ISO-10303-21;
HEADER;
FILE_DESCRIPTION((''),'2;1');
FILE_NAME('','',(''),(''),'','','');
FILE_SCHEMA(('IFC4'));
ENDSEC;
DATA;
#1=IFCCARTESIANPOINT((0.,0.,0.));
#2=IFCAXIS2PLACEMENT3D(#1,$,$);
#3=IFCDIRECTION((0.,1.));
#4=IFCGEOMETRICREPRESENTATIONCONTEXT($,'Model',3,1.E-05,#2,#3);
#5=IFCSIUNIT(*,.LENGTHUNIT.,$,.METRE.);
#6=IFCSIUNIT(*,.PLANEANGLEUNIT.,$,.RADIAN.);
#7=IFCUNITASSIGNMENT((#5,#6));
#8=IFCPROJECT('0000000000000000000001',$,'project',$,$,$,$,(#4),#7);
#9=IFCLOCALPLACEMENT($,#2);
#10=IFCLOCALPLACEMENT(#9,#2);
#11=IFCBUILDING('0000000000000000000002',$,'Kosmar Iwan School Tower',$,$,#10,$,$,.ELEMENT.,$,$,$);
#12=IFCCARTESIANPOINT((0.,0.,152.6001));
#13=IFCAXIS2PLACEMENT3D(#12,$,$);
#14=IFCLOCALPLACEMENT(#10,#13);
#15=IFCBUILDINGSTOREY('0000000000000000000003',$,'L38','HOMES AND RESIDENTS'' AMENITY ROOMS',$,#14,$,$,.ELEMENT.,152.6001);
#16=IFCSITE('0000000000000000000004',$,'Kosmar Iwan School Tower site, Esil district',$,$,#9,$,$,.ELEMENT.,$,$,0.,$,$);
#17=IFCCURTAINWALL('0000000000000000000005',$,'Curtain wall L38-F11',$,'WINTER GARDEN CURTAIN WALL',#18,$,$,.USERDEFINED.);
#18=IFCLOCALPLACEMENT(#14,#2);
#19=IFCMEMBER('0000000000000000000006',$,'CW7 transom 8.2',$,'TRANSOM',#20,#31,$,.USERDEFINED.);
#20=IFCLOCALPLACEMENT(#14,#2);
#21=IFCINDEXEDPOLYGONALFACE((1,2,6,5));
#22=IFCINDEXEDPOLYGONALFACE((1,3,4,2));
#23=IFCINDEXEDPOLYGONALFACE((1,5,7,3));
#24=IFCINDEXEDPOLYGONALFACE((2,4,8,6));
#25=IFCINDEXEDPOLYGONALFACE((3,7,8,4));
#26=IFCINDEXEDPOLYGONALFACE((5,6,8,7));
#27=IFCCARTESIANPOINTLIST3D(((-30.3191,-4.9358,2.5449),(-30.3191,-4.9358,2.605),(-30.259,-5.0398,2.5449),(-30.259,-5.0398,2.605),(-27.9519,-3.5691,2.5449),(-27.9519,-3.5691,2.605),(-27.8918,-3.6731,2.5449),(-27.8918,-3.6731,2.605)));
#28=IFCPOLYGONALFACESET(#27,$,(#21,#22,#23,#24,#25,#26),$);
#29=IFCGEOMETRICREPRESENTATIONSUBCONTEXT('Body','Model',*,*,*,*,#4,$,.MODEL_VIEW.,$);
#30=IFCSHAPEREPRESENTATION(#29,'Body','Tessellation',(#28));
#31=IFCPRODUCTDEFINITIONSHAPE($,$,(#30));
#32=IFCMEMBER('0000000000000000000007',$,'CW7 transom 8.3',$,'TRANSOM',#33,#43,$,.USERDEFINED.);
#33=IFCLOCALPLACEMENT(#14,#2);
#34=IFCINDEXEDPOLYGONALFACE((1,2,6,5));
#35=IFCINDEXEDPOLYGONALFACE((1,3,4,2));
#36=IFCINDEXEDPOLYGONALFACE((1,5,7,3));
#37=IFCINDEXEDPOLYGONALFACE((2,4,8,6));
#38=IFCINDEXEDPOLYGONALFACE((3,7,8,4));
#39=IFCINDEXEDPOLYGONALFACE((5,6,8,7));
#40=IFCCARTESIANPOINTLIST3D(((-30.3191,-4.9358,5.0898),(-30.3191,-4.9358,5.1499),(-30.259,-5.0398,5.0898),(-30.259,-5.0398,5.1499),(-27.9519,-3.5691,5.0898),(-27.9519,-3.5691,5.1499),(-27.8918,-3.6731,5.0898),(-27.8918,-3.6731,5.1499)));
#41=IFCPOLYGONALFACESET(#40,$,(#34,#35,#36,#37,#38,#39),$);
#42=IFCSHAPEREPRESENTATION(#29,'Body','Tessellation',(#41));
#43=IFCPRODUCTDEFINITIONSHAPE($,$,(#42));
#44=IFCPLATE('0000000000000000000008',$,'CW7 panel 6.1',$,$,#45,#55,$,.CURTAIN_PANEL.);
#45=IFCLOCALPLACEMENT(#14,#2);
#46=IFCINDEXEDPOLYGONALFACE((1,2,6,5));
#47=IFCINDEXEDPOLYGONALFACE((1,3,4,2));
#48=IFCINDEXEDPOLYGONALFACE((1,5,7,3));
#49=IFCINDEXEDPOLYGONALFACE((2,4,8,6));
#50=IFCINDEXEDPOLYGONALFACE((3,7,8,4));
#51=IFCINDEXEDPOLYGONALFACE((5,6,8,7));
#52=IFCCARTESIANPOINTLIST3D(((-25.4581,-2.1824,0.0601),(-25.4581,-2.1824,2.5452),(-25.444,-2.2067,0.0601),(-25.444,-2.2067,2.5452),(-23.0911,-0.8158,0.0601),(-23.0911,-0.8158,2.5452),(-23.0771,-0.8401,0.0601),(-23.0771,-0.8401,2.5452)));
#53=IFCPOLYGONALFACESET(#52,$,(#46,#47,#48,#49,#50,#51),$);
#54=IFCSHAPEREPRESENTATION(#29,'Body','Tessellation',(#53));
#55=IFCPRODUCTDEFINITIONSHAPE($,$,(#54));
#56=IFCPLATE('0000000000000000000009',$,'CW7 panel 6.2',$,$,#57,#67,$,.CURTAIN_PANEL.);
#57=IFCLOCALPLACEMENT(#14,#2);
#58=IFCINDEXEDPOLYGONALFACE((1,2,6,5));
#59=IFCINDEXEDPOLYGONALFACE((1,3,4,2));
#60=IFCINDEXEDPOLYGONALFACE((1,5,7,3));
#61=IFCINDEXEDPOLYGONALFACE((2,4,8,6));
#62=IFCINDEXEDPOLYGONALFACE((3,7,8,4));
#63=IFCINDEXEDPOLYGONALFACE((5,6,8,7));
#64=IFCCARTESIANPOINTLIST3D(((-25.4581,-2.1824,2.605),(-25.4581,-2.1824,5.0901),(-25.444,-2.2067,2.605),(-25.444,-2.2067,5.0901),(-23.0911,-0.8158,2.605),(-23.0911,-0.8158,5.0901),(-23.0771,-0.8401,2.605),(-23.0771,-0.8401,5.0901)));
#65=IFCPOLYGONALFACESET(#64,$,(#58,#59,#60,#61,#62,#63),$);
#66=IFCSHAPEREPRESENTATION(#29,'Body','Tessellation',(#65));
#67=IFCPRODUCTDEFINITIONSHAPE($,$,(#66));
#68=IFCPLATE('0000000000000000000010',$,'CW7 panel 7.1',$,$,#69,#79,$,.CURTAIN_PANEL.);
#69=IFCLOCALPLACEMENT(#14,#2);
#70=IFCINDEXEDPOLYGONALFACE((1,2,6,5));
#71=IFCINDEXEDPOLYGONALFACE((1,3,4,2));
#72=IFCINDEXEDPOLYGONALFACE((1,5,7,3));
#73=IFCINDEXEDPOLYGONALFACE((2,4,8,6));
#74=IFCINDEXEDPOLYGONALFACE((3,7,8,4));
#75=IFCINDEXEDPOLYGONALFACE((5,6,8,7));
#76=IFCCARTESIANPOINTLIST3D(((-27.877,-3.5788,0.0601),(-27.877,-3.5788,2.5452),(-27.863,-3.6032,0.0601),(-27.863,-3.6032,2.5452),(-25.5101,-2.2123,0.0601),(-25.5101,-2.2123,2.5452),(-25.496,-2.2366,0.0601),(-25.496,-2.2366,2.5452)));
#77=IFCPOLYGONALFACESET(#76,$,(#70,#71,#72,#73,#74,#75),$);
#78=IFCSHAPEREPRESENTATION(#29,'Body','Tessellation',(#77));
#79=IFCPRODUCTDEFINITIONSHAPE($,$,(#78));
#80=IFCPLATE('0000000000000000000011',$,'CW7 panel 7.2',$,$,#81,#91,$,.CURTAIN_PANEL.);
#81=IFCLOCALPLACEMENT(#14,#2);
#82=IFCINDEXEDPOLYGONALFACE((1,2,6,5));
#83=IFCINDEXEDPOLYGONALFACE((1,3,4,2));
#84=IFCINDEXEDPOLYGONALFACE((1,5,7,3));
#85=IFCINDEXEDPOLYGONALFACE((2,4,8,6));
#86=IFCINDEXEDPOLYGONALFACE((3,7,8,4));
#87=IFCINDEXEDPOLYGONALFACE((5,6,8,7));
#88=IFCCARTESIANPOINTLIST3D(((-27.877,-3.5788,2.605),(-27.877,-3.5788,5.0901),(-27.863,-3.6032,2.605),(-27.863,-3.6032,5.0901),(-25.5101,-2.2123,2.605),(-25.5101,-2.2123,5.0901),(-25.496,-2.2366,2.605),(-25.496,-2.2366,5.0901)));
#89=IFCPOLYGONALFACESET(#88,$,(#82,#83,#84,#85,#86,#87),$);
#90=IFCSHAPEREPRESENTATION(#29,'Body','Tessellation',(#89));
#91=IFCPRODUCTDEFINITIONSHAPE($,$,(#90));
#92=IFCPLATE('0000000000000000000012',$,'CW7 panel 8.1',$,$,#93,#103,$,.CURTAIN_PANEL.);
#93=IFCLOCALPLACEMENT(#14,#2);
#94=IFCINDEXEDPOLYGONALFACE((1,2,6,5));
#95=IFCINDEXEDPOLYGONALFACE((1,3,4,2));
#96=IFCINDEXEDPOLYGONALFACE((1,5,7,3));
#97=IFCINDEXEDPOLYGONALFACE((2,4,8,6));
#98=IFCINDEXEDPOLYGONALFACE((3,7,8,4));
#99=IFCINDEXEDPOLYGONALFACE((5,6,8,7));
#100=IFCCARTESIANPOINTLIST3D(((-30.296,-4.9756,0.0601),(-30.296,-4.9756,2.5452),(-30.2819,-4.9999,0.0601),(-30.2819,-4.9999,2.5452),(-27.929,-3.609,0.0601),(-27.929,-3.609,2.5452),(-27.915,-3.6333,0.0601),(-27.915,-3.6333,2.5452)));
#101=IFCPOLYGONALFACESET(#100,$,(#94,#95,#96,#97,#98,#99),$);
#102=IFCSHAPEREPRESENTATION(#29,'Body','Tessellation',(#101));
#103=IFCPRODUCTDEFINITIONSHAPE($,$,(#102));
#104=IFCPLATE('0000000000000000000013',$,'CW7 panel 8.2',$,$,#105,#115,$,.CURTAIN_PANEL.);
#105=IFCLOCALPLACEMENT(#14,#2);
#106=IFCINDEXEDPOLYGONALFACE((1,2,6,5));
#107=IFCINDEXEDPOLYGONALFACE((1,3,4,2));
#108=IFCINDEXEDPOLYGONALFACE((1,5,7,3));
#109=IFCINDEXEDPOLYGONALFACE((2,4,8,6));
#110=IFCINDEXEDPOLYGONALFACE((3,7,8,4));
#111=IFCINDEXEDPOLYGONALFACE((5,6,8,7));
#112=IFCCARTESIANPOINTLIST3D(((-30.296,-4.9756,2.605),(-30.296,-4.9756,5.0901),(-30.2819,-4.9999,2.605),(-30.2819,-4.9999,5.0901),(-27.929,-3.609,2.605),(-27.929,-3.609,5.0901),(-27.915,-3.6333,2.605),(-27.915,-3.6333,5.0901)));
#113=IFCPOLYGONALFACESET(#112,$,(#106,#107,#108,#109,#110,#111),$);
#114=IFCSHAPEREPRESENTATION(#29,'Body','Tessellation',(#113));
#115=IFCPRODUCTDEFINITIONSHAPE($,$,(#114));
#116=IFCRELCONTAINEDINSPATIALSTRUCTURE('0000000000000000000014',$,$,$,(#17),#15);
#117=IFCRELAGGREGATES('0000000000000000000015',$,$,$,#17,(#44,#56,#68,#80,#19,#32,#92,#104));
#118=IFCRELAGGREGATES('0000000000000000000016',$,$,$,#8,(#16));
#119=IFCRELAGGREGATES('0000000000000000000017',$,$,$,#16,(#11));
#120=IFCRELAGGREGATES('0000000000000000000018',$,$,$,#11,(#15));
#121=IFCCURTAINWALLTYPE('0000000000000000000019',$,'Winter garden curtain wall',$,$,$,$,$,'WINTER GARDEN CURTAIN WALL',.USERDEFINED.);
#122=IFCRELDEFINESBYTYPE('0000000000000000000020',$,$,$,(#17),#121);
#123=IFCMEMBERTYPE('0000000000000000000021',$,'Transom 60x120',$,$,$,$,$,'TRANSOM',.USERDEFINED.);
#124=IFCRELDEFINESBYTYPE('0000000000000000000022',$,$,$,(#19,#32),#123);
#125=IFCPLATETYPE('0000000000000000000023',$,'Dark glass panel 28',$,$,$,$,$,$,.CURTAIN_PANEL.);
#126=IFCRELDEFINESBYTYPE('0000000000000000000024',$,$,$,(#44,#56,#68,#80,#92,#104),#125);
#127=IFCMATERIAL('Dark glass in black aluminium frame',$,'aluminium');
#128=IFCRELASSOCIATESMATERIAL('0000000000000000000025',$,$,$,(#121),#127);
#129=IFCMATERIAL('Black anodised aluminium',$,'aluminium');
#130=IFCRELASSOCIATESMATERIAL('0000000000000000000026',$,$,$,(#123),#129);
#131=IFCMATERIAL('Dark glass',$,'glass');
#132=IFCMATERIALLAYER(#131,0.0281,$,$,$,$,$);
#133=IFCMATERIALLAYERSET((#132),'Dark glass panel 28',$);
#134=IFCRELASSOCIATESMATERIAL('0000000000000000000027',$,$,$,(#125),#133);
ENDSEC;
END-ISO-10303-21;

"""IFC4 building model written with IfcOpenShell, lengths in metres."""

from ifc_helpers import new_model, si_unit, direction, frame, origin, origin_2d, place, context, subcontext, project, spatial, rectangle, extrude, material, layer, layer_set, material_profile, profile_set, type_object, element, aggregate, save


model = new_model("IFC4")

# Units and contexts
model_context = context("Model", 3, precision=1e-05, world=origin(), true_north=direction((0.0, 1.0)))
body_context = subcontext(model_context, "Body", "Model", "MODEL_VIEW")
ifc_project = project(units=[si_unit("LENGTHUNIT", "METRE"), si_unit("PLANEANGLEUNIT", "RADIAN")], contexts=[model_context])

# Site, building, storey
site_placement = place(None, origin())
site = spatial("IfcSite", under=ifc_project, at=site_placement, Name="Kosmar Iwan School Tower site, Esil district", CompositionType="ELEMENT", RefElevation=0.0)
building_placement = place(site_placement, origin())
building = spatial("IfcBuilding", under=site, at=building_placement, Name="Kosmar Iwan School Tower", CompositionType="ELEMENT")
storey_placement = place(building_placement, frame((0.0, 0.0, 152.6001)))
storey = spatial("IfcBuildingStorey", under=building, at=storey_placement, Name="L38", Description="HOMES AND RESIDENTS' AMENITY ROOMS", CompositionType="ELEMENT", Elevation=152.6001)

# Curtain wall
ifc_material_1 = material(Name="Dark glass in black aluminium frame", Category="aluminium")
curtain_wall_type = type_object("IfcCurtainWallType", Name="Winter garden curtain wall", ElementType="WINTER GARDEN CURTAIN WALL", PredefinedType="USERDEFINED", material=ifc_material_1)
curtain_wall_placement = place(storey_placement, origin())
curtain_wall = element("IfcCurtainWall", 1, at=curtain_wall_placement, inside=storey, type_object=curtain_wall_type, Name="Curtain wall L38-F11", ObjectType="WINTER GARDEN CURTAIN WALL", PredefinedType="USERDEFINED")

# Members
ifc_material_2 = material(Name="Black anodised aluminium", Category="aluminium")
ifc_material_profile_1 = material_profile(ifc_material_2, rectangle(XDim=0.1201, YDim=0.0601, at=origin_2d()), Name="TRANSOM 60x120")
ifc_profile_set_1 = profile_set([ifc_material_profile_1], Name="Black anodised aluminium")
member_type_1 = type_object("IfcMemberType", Name="Transom 60x120", ElementType="TRANSOM", PredefinedType="USERDEFINED", material=ifc_profile_set_1)
member_1_placement = place(storey_placement, frame((-27.9219, -3.6211, 2.575), z_axis=(-0.866025, -0.500001, 0.0), x_axis=(0.500001, -0.866025, 0.0)))
member_1 = element("IfcMember", 2, at=member_1_placement, type_object=member_type_1, Name="CW7 transom 8.2", ObjectType="TRANSOM", PredefinedType="USERDEFINED", context=body_context, shape_type="SweptSolid", body=[
    extrude(rectangle(XDim=0.1201, YDim=0.0601, at=origin_2d()), origin(), (0.0, 0.0, 1.0), 2.7334),
])
member_2_placement = place(storey_placement, frame((-27.9219, -3.6211, 5.1199), z_axis=(-0.866025, -0.500001, 0.0), x_axis=(0.500001, -0.866025, 0.0)))
member_2 = element("IfcMember", 3, at=member_2_placement, type_object=member_type_1, Name="CW7 transom 8.3", ObjectType="TRANSOM", PredefinedType="USERDEFINED", context=body_context, shape_type="SweptSolid", body=[
    extrude(rectangle(XDim=0.1201, YDim=0.0601, at=origin_2d()), origin(), (0.0, 0.0, 1.0), 2.7334),
])

# Plates
ifc_material_3 = material(Name="Dark glass", Category="glass")
ifc_layer = layer(ifc_material_3, 0.0281)
ifc_layer_set = layer_set([ifc_layer], Name="Dark glass panel 28")
plate_type = type_object("IfcPlateType", Name="Dark glass panel 28", PredefinedType="CURTAIN_PANEL", material=ifc_layer_set)
plate_1_placement = place(storey_placement, frame((-24.2676, -1.5112, 0.0601), z_axis=(0.0, 0.0, 1.0), x_axis=(-0.866025, -0.5, 0.0)))
plate_1 = element("IfcPlate", 4, at=plate_1_placement, type_object=plate_type, Name="CW7 panel 6.1", PredefinedType="CURTAIN_PANEL", context=body_context, shape_type="SweptSolid", body=[
    extrude(rectangle(XDim=2.7332, YDim=0.0281, at=origin_2d()), origin(), (0.0, 0.0, 1.0), 2.4851),
])
plate_2_placement = place(storey_placement, frame((-24.2676, -1.5112, 2.605), z_axis=(0.0, 0.0, 1.0), x_axis=(-0.866025, -0.5, 0.0)))
plate_2 = element("IfcPlate", 5, at=plate_2_placement, type_object=plate_type, Name="CW7 panel 6.2", PredefinedType="CURTAIN_PANEL", context=body_context, shape_type="SweptSolid", body=[
    extrude(rectangle(XDim=2.7332, YDim=0.0281, at=origin_2d()), origin(), (0.0, 0.0, 1.0), 2.4851),
])
plate_3_placement = place(storey_placement, frame((-26.6865, -2.9077, 0.0601), z_axis=(0.0, 0.0, 1.0), x_axis=(-0.866025, -0.5, 0.0)))
plate_3 = element("IfcPlate", 6, at=plate_3_placement, type_object=plate_type, Name="CW7 panel 7.1", PredefinedType="CURTAIN_PANEL", context=body_context, shape_type="SweptSolid", body=[
    extrude(rectangle(XDim=2.7332, YDim=0.0281, at=origin_2d()), origin(), (0.0, 0.0, 1.0), 2.4851),
])
plate_4_placement = place(storey_placement, frame((-26.6865, -2.9077, 2.605), z_axis=(0.0, 0.0, 1.0), x_axis=(-0.866025, -0.5, 0.0)))
plate_4 = element("IfcPlate", 7, at=plate_4_placement, type_object=plate_type, Name="CW7 panel 7.2", PredefinedType="CURTAIN_PANEL", context=body_context, shape_type="SweptSolid", body=[
    extrude(rectangle(XDim=2.7332, YDim=0.0281, at=origin_2d()), origin(), (0.0, 0.0, 1.0), 2.4851),
])
plate_5_placement = place(storey_placement, frame((-29.1055, -4.3044, 0.0601), z_axis=(0.0, 0.0, 1.0), x_axis=(-0.866025, -0.5, 0.0)))
plate_5 = element("IfcPlate", 8, at=plate_5_placement, type_object=plate_type, Name="CW7 panel 8.1", PredefinedType="CURTAIN_PANEL", context=body_context, shape_type="SweptSolid", body=[
    extrude(rectangle(XDim=2.7332, YDim=0.0281, at=origin_2d()), origin(), (0.0, 0.0, 1.0), 2.4851),
])
plate_6_placement = place(storey_placement, frame((-29.1055, -4.3044, 2.605), z_axis=(0.0, 0.0, 1.0), x_axis=(-0.866025, -0.5, 0.0)))
plate_6 = element("IfcPlate", 9, at=plate_6_placement, type_object=plate_type, Name="CW7 panel 8.2", PredefinedType="CURTAIN_PANEL", context=body_context, shape_type="SweptSolid", body=[
    extrude(rectangle(XDim=2.7332, YDim=0.0281, at=origin_2d()), origin(), (0.0, 0.0, 1.0), 2.4851),
])
aggregate(curtain_wall, [plate_1, plate_2, plate_3, plate_4, member_1, member_2, plate_5, plate_6])

save(model, "model.ifc")
